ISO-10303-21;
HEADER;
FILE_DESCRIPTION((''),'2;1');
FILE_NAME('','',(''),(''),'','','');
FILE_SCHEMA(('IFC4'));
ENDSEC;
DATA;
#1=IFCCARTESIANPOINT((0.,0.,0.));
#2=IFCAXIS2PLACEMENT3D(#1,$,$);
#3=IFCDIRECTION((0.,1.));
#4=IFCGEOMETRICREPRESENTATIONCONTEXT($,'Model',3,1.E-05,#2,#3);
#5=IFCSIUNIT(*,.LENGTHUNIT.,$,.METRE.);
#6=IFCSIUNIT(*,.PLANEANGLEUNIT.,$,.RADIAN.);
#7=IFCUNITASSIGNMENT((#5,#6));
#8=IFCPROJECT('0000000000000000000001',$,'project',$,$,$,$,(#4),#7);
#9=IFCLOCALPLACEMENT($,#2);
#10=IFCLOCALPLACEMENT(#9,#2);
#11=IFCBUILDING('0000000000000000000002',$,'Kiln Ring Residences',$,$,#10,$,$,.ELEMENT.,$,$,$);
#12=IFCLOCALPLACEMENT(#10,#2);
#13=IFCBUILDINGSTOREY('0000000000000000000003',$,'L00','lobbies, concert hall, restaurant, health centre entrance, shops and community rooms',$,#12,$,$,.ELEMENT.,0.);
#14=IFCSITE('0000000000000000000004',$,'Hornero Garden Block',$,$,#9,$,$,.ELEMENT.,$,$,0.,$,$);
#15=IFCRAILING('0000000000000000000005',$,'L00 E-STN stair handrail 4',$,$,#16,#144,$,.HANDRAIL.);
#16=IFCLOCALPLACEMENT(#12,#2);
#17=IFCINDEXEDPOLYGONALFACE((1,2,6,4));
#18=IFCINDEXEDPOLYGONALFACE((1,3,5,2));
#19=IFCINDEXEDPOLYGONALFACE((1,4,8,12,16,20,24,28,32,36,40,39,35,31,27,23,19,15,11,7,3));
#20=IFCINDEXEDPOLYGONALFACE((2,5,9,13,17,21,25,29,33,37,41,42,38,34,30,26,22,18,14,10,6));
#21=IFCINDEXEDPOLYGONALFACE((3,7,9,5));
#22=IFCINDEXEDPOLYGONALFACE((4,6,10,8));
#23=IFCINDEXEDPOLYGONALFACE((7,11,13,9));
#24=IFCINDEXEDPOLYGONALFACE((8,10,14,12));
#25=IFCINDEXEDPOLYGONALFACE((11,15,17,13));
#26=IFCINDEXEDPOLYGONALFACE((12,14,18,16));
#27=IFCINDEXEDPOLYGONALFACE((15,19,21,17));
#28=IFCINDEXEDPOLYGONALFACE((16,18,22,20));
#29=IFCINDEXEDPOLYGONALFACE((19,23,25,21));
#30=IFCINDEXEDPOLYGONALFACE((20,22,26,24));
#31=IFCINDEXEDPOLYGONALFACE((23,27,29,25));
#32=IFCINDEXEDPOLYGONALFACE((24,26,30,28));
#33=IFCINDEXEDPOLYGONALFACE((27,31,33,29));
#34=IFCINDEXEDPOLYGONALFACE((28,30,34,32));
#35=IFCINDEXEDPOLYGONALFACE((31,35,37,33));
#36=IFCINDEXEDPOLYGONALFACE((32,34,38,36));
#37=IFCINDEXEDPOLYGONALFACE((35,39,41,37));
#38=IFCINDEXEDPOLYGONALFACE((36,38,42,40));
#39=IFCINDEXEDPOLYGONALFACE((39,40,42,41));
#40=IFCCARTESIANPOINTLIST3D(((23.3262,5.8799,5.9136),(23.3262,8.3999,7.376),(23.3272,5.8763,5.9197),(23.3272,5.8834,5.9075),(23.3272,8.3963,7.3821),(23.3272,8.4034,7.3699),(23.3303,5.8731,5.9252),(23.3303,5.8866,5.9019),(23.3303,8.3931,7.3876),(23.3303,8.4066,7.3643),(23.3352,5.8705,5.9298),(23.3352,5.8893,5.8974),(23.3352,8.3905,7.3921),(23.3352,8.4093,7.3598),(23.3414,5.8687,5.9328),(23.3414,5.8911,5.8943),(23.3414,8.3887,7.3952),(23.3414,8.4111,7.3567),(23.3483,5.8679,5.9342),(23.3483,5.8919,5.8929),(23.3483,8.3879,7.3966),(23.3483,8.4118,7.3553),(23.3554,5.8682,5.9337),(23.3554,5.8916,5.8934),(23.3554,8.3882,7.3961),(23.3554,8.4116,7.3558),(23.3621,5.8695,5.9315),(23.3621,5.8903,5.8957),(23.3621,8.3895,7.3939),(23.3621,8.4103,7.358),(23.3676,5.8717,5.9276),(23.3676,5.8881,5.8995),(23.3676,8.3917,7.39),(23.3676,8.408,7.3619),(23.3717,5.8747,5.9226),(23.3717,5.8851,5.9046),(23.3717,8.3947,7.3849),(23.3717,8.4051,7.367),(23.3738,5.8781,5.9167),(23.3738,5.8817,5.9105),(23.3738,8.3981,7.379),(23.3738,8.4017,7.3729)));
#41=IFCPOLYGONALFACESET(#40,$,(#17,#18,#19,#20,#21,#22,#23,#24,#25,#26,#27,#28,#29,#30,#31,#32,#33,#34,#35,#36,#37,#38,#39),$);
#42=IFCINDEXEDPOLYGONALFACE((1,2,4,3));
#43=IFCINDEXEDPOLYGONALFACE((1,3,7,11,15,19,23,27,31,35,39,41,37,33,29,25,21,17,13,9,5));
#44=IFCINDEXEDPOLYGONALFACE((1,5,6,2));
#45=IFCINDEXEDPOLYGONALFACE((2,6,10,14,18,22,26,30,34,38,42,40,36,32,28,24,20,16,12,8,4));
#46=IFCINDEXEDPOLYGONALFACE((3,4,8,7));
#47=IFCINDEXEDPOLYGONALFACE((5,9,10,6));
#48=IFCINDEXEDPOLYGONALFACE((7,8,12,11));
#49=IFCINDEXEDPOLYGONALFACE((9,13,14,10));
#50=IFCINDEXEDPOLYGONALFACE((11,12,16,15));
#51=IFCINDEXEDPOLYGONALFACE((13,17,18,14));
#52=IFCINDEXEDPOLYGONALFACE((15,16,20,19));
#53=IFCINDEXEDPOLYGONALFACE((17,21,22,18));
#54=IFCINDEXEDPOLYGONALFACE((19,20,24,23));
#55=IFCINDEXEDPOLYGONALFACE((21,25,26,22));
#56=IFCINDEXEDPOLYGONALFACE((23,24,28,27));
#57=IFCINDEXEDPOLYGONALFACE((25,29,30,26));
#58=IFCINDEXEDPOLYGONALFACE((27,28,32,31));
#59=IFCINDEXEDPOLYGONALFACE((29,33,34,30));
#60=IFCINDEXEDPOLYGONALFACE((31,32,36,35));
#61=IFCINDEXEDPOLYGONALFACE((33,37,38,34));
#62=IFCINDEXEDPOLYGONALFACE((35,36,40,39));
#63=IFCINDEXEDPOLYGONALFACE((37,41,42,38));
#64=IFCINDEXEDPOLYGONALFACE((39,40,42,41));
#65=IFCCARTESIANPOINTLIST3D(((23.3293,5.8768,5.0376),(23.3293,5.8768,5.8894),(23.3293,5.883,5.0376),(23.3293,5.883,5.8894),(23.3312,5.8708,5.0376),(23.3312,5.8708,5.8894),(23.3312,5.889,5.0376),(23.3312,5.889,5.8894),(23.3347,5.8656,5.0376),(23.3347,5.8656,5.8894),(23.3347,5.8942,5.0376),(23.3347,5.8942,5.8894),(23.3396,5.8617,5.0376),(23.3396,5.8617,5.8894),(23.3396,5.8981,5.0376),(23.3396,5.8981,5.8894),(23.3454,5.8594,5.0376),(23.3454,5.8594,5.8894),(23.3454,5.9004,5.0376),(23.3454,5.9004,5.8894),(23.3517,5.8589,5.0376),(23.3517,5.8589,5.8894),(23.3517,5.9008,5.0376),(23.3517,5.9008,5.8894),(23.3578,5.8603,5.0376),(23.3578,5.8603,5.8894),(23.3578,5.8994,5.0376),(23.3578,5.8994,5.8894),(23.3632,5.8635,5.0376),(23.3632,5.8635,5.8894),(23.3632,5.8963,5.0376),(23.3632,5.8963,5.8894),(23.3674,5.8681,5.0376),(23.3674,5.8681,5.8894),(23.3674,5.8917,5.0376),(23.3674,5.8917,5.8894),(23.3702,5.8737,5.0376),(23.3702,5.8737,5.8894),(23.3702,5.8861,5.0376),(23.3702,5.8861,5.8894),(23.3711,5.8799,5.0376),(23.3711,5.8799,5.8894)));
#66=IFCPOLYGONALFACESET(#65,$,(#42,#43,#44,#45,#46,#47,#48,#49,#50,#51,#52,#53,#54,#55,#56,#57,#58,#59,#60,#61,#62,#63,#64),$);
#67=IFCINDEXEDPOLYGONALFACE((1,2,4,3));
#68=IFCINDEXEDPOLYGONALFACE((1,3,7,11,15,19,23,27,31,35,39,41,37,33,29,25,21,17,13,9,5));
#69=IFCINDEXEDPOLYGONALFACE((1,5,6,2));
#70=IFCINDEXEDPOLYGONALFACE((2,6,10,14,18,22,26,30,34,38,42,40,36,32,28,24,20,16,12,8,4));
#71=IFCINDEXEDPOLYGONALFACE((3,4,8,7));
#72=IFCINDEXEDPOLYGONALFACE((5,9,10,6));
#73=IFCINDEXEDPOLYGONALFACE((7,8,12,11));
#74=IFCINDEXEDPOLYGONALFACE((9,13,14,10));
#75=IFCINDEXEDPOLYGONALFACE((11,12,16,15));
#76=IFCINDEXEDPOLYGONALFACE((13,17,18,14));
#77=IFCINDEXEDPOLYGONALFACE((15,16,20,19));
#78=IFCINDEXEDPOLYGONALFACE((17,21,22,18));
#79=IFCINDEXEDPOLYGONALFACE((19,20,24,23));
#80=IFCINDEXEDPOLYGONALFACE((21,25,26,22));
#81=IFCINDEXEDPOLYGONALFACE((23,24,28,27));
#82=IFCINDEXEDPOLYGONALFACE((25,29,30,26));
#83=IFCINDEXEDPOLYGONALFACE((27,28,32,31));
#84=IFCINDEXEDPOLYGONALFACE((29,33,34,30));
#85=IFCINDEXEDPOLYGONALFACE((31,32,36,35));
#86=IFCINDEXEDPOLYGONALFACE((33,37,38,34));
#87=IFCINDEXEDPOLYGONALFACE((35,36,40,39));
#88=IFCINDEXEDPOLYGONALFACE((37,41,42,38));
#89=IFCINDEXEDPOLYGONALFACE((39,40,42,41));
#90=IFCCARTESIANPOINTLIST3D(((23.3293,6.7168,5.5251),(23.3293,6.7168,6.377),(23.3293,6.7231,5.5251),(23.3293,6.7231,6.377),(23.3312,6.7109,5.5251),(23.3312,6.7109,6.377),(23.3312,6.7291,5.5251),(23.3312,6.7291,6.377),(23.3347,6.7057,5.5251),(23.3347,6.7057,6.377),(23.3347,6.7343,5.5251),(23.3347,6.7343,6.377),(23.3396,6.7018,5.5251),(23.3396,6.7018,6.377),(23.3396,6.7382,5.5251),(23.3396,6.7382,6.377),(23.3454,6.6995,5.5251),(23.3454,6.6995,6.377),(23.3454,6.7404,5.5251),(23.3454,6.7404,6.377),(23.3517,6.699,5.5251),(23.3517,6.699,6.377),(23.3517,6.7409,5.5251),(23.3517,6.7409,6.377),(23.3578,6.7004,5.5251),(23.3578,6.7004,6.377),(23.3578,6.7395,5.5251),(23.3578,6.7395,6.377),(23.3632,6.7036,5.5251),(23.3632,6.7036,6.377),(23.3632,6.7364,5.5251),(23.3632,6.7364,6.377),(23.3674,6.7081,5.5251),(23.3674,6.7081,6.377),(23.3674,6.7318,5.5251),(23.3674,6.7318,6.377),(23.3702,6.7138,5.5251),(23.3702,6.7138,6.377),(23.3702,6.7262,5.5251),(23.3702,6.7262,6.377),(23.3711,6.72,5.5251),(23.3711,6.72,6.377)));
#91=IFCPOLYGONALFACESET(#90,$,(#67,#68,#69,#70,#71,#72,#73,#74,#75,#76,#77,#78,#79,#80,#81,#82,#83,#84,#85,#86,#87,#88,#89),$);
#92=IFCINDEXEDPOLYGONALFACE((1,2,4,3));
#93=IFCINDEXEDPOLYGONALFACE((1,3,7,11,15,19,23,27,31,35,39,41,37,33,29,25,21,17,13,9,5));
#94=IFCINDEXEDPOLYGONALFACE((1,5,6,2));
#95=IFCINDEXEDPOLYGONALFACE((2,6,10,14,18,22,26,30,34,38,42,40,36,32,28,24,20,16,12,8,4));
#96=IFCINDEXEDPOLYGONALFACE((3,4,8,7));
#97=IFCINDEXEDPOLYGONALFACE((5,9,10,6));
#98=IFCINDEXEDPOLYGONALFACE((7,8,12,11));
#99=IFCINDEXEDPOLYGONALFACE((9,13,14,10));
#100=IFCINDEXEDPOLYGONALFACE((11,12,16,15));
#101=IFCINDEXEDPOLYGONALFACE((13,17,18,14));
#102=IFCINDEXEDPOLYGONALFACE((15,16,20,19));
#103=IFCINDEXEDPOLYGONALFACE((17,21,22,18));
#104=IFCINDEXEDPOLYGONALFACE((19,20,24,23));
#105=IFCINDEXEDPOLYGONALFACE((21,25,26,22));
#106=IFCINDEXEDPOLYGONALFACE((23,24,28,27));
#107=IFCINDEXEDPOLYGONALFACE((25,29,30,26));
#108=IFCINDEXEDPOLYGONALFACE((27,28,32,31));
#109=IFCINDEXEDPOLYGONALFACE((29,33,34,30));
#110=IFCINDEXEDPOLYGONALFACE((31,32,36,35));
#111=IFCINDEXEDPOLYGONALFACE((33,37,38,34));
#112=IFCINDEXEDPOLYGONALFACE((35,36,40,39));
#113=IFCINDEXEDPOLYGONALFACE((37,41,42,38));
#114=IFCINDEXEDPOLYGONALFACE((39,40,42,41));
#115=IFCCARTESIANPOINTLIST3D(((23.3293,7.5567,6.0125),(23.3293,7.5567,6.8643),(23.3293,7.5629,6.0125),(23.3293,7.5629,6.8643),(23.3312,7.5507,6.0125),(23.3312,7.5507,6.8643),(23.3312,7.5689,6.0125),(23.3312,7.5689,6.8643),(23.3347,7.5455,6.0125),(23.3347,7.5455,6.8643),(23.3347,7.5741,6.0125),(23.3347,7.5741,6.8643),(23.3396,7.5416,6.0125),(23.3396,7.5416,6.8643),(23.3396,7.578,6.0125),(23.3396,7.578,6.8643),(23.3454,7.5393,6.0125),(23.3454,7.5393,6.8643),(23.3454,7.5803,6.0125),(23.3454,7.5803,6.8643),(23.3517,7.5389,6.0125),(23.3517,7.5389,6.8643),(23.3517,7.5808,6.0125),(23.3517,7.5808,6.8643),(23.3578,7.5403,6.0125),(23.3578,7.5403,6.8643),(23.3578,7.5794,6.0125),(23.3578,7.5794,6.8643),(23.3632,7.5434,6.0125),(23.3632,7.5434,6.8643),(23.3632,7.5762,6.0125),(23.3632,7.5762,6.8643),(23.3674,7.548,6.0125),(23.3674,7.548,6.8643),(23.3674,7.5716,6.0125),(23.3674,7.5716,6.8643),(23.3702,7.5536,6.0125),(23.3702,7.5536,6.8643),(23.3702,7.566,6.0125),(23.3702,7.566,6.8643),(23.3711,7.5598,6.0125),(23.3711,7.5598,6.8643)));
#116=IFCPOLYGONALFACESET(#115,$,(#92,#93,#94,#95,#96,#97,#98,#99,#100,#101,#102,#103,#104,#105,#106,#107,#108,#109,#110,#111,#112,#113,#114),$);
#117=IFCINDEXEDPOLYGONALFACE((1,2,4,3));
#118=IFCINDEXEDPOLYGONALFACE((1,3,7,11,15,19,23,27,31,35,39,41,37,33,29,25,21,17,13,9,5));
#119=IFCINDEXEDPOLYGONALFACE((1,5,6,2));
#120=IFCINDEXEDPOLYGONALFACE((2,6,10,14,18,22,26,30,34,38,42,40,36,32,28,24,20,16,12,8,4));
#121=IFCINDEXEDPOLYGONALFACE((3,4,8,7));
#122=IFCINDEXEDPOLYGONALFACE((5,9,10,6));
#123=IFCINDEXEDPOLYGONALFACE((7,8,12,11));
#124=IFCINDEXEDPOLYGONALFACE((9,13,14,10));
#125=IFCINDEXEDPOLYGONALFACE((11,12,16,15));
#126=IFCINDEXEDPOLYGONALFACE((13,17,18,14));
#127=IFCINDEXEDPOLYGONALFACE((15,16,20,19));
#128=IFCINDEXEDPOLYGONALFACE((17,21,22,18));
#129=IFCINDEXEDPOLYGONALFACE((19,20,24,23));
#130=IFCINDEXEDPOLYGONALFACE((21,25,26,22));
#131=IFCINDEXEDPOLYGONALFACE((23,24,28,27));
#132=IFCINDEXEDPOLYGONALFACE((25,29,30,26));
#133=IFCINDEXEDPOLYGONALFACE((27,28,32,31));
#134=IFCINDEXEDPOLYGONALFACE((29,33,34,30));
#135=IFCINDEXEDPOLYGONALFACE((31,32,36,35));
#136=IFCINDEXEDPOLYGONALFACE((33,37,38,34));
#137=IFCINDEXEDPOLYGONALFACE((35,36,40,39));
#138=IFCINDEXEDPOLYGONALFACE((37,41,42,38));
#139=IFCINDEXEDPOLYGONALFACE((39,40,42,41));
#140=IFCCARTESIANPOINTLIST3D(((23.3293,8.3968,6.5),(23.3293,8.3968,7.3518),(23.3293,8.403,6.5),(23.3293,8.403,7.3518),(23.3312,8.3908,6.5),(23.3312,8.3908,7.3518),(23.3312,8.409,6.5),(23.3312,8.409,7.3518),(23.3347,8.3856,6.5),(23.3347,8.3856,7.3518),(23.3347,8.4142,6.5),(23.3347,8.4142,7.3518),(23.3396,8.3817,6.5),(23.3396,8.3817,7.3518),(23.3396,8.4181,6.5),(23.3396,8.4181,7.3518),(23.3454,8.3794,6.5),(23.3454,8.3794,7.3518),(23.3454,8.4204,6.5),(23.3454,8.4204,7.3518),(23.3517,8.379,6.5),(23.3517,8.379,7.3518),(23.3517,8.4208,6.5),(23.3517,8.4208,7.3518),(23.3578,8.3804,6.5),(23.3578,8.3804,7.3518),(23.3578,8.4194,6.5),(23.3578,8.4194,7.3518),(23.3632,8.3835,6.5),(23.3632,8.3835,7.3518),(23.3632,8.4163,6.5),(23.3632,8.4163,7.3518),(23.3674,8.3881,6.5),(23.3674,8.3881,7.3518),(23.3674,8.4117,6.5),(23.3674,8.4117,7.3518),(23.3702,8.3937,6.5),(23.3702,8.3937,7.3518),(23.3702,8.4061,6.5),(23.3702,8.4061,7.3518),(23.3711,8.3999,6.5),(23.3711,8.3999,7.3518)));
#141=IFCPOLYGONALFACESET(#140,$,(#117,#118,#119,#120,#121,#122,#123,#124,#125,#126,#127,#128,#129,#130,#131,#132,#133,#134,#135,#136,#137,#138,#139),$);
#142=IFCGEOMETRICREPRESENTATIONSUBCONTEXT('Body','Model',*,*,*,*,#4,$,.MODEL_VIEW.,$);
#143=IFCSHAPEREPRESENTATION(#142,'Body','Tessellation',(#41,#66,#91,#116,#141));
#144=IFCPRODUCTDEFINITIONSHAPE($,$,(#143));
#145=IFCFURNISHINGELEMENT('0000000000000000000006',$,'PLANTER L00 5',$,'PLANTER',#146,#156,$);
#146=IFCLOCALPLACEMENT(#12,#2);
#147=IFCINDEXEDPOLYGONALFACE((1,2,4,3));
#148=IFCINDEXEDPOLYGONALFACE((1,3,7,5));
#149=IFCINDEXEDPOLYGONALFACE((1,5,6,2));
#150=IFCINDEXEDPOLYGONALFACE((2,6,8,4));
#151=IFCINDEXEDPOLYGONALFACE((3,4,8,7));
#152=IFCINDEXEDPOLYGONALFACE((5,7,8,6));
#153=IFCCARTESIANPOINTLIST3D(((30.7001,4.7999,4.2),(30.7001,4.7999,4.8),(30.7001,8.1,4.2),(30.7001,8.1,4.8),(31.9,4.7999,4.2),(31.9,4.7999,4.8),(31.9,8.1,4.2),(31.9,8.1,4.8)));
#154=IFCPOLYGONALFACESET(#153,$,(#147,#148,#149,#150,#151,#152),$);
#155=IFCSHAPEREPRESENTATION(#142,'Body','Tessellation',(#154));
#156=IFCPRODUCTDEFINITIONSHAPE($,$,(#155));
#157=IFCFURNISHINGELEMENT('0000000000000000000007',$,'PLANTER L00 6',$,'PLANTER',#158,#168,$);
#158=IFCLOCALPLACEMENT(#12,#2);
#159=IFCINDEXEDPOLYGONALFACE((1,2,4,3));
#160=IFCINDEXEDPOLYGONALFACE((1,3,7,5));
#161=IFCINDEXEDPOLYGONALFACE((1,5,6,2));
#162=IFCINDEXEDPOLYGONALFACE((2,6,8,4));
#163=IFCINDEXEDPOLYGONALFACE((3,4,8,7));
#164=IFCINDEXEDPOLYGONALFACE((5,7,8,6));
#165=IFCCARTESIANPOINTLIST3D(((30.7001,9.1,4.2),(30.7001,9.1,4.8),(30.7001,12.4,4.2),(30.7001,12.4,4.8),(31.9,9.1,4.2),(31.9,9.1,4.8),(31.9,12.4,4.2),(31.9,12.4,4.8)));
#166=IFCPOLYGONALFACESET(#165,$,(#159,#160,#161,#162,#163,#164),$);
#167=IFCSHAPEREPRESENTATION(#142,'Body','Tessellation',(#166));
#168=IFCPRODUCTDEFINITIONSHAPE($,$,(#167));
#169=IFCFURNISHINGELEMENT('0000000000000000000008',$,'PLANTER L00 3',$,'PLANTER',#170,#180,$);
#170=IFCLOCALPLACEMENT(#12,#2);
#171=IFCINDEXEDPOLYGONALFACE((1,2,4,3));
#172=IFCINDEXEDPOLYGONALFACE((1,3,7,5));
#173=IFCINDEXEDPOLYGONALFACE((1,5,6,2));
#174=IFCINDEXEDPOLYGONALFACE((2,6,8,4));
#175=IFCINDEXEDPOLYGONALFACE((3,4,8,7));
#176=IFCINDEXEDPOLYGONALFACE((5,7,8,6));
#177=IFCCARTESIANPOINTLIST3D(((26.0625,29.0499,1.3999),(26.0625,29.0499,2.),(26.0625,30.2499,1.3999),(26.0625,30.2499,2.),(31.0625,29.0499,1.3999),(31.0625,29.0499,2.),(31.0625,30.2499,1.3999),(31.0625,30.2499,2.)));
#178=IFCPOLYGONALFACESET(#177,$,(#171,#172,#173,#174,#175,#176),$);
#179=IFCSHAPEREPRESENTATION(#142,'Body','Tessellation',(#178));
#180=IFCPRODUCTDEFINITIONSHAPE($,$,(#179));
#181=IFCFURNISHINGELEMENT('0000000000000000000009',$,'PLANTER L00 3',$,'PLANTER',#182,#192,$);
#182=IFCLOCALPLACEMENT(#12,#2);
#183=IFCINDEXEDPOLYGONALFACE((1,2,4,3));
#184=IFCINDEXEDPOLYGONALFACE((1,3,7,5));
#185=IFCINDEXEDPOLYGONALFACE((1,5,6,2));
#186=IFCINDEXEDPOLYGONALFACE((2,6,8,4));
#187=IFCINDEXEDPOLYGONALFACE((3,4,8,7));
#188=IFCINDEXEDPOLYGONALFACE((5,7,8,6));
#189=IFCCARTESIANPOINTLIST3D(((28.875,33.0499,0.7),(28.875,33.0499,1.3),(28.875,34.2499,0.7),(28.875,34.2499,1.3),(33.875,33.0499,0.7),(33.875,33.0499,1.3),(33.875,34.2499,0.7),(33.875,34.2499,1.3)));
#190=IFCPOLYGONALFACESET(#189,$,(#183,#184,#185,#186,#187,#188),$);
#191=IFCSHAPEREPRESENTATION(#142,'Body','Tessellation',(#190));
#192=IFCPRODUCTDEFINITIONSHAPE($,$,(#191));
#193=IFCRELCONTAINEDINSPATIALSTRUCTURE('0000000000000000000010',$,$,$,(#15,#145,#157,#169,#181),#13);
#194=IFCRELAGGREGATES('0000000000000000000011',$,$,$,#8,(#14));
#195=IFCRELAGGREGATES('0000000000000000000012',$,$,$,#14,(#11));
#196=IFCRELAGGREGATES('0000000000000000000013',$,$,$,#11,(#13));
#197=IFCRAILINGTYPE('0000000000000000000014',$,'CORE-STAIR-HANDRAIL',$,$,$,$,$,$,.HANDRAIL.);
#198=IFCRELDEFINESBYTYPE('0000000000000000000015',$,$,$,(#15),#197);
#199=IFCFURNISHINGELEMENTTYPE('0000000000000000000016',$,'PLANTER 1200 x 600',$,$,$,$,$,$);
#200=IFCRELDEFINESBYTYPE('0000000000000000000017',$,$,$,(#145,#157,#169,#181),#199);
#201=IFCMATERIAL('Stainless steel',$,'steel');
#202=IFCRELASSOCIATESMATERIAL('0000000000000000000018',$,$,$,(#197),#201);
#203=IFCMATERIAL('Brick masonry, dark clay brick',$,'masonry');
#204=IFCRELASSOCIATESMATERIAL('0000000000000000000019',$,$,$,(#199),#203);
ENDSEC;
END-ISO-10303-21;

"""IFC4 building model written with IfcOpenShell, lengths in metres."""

from ifc_helpers import new_model, si_unit, direction, frame, origin, origin_2d, place, context, subcontext, project, spatial, rectangle, circle, extrude, material, type_object, element, save


model = new_model("IFC4")

# Units and contexts
model_context = context("Model", 3, precision=1e-05, world=origin(), true_north=direction((0.0, 1.0)))
body_context = subcontext(model_context, "Body", "Model", "MODEL_VIEW")
ifc_project = project(units=[si_unit("LENGTHUNIT", "METRE"), si_unit("PLANEANGLEUNIT", "RADIAN")], contexts=[model_context])

# Site, building, storey
site_placement = place(None, origin())
site = spatial("IfcSite", under=ifc_project, at=site_placement, Name="Hornero Garden Block", CompositionType="ELEMENT", RefElevation=0.0)
building_placement = place(site_placement, origin())
building = spatial("IfcBuilding", under=site, at=building_placement, Name="Kiln Ring Residences", CompositionType="ELEMENT")
storey_placement = place(building_placement, origin())
storey = spatial("IfcBuildingStorey", under=building, at=storey_placement, Name="L00", Description="lobbies, concert hall, restaurant, health centre entrance, shops and community rooms", CompositionType="ELEMENT", Elevation=0.0)

# Railing
ifc_material_1 = material(Name="Stainless steel", Category="steel")
railing_type = type_object("IfcRailingType", Name="CORE-STAIR-HANDRAIL", PredefinedType="HANDRAIL", material=ifc_material_1)
for number, where, name in (
    (1, (23.3501, 5.8799, 5.0376), "L00 E-STN stair handrail 4"),
):
    element("IfcRailing", number, at=place(storey_placement, frame(where)), inside=storey, type_object=railing_type, Name=name, PredefinedType="HANDRAIL", context=body_context, shape_type="SweptSolid", body=[
        extrude(circle(Radius=0.0239, at=origin_2d()), frame((0.0, 0.0, 0.876), z_axis=(0.0, 0.864913, 0.501921), x_axis=(-1.0, 0.0, 0.0)), (0.0, 0.0, 1.0), 2.9136),
        extrude(circle(Radius=0.021, at=origin_2d()), origin(), (0.0, 0.0, 1.0), 0.8518),
        extrude(circle(Radius=0.021, at=origin_2d()), frame((0.0, 0.8401, 0.4875)), (0.0, 0.0, 1.0), 0.8518),
        extrude(circle(Radius=0.021, at=origin_2d()), frame((0.0, 1.6799, 0.9749)), (0.0, 0.0, 1.0), 0.8518),
        extrude(circle(Radius=0.021, at=origin_2d()), frame((0.0, 2.52, 1.4624)), (0.0, 0.0, 1.0), 0.8518),
    ])

# Furnishing elements
ifc_material_2 = material(Name="Brick masonry, dark clay brick", Category="masonry")
furnishing_element_type = type_object("IfcFurnishingElementType", Name="PLANTER 1200 x 600", material=ifc_material_2)
for number, where, z_axis, x_axis, name in (
    (2, (31.3, 6.45, 4.2), (0.0, 0.0, 1.0), (1.0, 0.0, 0.0), "PLANTER L00 5"),
    (3, (31.3, 10.75, 4.2), (0.0, 0.0, 1.0), (1.0, 0.0, 0.0), "PLANTER L00 6"),
):
    element("IfcFurnishingElement", number, at=place(storey_placement, frame(where, z_axis=z_axis, x_axis=x_axis)), inside=storey, type_object=furnishing_element_type, Name=name, ObjectType="PLANTER", context=body_context, shape_type="SweptSolid", body=[
        extrude(rectangle(XDim=1.2, YDim=3.3, at=origin_2d()), origin(), (0.0, 0.0, 1.0), 0.6001),
    ])
for number, where, z_axis, x_axis, name in (
    (4, (28.5625, 29.6499, 1.3999), (0.0, 0.0, 1.0), (1.0, 0.0, 0.0), "PLANTER L00 3"),
    (5, (31.375, 33.6499, 0.7), (0.0, 0.0, 1.0), (1.0, 0.0, 0.0), "PLANTER L00 3"),
):
    element("IfcFurnishingElement", number, at=place(storey_placement, frame(where, z_axis=z_axis, x_axis=x_axis)), inside=storey, type_object=furnishing_element_type, Name=name, ObjectType="PLANTER", context=body_context, shape_type="SweptSolid", body=[
        extrude(rectangle(XDim=5.0, YDim=1.2, at=origin_2d()), origin(), (0.0, 0.0, 1.0), 0.6001),
    ])

save(model, "model.ifc")
